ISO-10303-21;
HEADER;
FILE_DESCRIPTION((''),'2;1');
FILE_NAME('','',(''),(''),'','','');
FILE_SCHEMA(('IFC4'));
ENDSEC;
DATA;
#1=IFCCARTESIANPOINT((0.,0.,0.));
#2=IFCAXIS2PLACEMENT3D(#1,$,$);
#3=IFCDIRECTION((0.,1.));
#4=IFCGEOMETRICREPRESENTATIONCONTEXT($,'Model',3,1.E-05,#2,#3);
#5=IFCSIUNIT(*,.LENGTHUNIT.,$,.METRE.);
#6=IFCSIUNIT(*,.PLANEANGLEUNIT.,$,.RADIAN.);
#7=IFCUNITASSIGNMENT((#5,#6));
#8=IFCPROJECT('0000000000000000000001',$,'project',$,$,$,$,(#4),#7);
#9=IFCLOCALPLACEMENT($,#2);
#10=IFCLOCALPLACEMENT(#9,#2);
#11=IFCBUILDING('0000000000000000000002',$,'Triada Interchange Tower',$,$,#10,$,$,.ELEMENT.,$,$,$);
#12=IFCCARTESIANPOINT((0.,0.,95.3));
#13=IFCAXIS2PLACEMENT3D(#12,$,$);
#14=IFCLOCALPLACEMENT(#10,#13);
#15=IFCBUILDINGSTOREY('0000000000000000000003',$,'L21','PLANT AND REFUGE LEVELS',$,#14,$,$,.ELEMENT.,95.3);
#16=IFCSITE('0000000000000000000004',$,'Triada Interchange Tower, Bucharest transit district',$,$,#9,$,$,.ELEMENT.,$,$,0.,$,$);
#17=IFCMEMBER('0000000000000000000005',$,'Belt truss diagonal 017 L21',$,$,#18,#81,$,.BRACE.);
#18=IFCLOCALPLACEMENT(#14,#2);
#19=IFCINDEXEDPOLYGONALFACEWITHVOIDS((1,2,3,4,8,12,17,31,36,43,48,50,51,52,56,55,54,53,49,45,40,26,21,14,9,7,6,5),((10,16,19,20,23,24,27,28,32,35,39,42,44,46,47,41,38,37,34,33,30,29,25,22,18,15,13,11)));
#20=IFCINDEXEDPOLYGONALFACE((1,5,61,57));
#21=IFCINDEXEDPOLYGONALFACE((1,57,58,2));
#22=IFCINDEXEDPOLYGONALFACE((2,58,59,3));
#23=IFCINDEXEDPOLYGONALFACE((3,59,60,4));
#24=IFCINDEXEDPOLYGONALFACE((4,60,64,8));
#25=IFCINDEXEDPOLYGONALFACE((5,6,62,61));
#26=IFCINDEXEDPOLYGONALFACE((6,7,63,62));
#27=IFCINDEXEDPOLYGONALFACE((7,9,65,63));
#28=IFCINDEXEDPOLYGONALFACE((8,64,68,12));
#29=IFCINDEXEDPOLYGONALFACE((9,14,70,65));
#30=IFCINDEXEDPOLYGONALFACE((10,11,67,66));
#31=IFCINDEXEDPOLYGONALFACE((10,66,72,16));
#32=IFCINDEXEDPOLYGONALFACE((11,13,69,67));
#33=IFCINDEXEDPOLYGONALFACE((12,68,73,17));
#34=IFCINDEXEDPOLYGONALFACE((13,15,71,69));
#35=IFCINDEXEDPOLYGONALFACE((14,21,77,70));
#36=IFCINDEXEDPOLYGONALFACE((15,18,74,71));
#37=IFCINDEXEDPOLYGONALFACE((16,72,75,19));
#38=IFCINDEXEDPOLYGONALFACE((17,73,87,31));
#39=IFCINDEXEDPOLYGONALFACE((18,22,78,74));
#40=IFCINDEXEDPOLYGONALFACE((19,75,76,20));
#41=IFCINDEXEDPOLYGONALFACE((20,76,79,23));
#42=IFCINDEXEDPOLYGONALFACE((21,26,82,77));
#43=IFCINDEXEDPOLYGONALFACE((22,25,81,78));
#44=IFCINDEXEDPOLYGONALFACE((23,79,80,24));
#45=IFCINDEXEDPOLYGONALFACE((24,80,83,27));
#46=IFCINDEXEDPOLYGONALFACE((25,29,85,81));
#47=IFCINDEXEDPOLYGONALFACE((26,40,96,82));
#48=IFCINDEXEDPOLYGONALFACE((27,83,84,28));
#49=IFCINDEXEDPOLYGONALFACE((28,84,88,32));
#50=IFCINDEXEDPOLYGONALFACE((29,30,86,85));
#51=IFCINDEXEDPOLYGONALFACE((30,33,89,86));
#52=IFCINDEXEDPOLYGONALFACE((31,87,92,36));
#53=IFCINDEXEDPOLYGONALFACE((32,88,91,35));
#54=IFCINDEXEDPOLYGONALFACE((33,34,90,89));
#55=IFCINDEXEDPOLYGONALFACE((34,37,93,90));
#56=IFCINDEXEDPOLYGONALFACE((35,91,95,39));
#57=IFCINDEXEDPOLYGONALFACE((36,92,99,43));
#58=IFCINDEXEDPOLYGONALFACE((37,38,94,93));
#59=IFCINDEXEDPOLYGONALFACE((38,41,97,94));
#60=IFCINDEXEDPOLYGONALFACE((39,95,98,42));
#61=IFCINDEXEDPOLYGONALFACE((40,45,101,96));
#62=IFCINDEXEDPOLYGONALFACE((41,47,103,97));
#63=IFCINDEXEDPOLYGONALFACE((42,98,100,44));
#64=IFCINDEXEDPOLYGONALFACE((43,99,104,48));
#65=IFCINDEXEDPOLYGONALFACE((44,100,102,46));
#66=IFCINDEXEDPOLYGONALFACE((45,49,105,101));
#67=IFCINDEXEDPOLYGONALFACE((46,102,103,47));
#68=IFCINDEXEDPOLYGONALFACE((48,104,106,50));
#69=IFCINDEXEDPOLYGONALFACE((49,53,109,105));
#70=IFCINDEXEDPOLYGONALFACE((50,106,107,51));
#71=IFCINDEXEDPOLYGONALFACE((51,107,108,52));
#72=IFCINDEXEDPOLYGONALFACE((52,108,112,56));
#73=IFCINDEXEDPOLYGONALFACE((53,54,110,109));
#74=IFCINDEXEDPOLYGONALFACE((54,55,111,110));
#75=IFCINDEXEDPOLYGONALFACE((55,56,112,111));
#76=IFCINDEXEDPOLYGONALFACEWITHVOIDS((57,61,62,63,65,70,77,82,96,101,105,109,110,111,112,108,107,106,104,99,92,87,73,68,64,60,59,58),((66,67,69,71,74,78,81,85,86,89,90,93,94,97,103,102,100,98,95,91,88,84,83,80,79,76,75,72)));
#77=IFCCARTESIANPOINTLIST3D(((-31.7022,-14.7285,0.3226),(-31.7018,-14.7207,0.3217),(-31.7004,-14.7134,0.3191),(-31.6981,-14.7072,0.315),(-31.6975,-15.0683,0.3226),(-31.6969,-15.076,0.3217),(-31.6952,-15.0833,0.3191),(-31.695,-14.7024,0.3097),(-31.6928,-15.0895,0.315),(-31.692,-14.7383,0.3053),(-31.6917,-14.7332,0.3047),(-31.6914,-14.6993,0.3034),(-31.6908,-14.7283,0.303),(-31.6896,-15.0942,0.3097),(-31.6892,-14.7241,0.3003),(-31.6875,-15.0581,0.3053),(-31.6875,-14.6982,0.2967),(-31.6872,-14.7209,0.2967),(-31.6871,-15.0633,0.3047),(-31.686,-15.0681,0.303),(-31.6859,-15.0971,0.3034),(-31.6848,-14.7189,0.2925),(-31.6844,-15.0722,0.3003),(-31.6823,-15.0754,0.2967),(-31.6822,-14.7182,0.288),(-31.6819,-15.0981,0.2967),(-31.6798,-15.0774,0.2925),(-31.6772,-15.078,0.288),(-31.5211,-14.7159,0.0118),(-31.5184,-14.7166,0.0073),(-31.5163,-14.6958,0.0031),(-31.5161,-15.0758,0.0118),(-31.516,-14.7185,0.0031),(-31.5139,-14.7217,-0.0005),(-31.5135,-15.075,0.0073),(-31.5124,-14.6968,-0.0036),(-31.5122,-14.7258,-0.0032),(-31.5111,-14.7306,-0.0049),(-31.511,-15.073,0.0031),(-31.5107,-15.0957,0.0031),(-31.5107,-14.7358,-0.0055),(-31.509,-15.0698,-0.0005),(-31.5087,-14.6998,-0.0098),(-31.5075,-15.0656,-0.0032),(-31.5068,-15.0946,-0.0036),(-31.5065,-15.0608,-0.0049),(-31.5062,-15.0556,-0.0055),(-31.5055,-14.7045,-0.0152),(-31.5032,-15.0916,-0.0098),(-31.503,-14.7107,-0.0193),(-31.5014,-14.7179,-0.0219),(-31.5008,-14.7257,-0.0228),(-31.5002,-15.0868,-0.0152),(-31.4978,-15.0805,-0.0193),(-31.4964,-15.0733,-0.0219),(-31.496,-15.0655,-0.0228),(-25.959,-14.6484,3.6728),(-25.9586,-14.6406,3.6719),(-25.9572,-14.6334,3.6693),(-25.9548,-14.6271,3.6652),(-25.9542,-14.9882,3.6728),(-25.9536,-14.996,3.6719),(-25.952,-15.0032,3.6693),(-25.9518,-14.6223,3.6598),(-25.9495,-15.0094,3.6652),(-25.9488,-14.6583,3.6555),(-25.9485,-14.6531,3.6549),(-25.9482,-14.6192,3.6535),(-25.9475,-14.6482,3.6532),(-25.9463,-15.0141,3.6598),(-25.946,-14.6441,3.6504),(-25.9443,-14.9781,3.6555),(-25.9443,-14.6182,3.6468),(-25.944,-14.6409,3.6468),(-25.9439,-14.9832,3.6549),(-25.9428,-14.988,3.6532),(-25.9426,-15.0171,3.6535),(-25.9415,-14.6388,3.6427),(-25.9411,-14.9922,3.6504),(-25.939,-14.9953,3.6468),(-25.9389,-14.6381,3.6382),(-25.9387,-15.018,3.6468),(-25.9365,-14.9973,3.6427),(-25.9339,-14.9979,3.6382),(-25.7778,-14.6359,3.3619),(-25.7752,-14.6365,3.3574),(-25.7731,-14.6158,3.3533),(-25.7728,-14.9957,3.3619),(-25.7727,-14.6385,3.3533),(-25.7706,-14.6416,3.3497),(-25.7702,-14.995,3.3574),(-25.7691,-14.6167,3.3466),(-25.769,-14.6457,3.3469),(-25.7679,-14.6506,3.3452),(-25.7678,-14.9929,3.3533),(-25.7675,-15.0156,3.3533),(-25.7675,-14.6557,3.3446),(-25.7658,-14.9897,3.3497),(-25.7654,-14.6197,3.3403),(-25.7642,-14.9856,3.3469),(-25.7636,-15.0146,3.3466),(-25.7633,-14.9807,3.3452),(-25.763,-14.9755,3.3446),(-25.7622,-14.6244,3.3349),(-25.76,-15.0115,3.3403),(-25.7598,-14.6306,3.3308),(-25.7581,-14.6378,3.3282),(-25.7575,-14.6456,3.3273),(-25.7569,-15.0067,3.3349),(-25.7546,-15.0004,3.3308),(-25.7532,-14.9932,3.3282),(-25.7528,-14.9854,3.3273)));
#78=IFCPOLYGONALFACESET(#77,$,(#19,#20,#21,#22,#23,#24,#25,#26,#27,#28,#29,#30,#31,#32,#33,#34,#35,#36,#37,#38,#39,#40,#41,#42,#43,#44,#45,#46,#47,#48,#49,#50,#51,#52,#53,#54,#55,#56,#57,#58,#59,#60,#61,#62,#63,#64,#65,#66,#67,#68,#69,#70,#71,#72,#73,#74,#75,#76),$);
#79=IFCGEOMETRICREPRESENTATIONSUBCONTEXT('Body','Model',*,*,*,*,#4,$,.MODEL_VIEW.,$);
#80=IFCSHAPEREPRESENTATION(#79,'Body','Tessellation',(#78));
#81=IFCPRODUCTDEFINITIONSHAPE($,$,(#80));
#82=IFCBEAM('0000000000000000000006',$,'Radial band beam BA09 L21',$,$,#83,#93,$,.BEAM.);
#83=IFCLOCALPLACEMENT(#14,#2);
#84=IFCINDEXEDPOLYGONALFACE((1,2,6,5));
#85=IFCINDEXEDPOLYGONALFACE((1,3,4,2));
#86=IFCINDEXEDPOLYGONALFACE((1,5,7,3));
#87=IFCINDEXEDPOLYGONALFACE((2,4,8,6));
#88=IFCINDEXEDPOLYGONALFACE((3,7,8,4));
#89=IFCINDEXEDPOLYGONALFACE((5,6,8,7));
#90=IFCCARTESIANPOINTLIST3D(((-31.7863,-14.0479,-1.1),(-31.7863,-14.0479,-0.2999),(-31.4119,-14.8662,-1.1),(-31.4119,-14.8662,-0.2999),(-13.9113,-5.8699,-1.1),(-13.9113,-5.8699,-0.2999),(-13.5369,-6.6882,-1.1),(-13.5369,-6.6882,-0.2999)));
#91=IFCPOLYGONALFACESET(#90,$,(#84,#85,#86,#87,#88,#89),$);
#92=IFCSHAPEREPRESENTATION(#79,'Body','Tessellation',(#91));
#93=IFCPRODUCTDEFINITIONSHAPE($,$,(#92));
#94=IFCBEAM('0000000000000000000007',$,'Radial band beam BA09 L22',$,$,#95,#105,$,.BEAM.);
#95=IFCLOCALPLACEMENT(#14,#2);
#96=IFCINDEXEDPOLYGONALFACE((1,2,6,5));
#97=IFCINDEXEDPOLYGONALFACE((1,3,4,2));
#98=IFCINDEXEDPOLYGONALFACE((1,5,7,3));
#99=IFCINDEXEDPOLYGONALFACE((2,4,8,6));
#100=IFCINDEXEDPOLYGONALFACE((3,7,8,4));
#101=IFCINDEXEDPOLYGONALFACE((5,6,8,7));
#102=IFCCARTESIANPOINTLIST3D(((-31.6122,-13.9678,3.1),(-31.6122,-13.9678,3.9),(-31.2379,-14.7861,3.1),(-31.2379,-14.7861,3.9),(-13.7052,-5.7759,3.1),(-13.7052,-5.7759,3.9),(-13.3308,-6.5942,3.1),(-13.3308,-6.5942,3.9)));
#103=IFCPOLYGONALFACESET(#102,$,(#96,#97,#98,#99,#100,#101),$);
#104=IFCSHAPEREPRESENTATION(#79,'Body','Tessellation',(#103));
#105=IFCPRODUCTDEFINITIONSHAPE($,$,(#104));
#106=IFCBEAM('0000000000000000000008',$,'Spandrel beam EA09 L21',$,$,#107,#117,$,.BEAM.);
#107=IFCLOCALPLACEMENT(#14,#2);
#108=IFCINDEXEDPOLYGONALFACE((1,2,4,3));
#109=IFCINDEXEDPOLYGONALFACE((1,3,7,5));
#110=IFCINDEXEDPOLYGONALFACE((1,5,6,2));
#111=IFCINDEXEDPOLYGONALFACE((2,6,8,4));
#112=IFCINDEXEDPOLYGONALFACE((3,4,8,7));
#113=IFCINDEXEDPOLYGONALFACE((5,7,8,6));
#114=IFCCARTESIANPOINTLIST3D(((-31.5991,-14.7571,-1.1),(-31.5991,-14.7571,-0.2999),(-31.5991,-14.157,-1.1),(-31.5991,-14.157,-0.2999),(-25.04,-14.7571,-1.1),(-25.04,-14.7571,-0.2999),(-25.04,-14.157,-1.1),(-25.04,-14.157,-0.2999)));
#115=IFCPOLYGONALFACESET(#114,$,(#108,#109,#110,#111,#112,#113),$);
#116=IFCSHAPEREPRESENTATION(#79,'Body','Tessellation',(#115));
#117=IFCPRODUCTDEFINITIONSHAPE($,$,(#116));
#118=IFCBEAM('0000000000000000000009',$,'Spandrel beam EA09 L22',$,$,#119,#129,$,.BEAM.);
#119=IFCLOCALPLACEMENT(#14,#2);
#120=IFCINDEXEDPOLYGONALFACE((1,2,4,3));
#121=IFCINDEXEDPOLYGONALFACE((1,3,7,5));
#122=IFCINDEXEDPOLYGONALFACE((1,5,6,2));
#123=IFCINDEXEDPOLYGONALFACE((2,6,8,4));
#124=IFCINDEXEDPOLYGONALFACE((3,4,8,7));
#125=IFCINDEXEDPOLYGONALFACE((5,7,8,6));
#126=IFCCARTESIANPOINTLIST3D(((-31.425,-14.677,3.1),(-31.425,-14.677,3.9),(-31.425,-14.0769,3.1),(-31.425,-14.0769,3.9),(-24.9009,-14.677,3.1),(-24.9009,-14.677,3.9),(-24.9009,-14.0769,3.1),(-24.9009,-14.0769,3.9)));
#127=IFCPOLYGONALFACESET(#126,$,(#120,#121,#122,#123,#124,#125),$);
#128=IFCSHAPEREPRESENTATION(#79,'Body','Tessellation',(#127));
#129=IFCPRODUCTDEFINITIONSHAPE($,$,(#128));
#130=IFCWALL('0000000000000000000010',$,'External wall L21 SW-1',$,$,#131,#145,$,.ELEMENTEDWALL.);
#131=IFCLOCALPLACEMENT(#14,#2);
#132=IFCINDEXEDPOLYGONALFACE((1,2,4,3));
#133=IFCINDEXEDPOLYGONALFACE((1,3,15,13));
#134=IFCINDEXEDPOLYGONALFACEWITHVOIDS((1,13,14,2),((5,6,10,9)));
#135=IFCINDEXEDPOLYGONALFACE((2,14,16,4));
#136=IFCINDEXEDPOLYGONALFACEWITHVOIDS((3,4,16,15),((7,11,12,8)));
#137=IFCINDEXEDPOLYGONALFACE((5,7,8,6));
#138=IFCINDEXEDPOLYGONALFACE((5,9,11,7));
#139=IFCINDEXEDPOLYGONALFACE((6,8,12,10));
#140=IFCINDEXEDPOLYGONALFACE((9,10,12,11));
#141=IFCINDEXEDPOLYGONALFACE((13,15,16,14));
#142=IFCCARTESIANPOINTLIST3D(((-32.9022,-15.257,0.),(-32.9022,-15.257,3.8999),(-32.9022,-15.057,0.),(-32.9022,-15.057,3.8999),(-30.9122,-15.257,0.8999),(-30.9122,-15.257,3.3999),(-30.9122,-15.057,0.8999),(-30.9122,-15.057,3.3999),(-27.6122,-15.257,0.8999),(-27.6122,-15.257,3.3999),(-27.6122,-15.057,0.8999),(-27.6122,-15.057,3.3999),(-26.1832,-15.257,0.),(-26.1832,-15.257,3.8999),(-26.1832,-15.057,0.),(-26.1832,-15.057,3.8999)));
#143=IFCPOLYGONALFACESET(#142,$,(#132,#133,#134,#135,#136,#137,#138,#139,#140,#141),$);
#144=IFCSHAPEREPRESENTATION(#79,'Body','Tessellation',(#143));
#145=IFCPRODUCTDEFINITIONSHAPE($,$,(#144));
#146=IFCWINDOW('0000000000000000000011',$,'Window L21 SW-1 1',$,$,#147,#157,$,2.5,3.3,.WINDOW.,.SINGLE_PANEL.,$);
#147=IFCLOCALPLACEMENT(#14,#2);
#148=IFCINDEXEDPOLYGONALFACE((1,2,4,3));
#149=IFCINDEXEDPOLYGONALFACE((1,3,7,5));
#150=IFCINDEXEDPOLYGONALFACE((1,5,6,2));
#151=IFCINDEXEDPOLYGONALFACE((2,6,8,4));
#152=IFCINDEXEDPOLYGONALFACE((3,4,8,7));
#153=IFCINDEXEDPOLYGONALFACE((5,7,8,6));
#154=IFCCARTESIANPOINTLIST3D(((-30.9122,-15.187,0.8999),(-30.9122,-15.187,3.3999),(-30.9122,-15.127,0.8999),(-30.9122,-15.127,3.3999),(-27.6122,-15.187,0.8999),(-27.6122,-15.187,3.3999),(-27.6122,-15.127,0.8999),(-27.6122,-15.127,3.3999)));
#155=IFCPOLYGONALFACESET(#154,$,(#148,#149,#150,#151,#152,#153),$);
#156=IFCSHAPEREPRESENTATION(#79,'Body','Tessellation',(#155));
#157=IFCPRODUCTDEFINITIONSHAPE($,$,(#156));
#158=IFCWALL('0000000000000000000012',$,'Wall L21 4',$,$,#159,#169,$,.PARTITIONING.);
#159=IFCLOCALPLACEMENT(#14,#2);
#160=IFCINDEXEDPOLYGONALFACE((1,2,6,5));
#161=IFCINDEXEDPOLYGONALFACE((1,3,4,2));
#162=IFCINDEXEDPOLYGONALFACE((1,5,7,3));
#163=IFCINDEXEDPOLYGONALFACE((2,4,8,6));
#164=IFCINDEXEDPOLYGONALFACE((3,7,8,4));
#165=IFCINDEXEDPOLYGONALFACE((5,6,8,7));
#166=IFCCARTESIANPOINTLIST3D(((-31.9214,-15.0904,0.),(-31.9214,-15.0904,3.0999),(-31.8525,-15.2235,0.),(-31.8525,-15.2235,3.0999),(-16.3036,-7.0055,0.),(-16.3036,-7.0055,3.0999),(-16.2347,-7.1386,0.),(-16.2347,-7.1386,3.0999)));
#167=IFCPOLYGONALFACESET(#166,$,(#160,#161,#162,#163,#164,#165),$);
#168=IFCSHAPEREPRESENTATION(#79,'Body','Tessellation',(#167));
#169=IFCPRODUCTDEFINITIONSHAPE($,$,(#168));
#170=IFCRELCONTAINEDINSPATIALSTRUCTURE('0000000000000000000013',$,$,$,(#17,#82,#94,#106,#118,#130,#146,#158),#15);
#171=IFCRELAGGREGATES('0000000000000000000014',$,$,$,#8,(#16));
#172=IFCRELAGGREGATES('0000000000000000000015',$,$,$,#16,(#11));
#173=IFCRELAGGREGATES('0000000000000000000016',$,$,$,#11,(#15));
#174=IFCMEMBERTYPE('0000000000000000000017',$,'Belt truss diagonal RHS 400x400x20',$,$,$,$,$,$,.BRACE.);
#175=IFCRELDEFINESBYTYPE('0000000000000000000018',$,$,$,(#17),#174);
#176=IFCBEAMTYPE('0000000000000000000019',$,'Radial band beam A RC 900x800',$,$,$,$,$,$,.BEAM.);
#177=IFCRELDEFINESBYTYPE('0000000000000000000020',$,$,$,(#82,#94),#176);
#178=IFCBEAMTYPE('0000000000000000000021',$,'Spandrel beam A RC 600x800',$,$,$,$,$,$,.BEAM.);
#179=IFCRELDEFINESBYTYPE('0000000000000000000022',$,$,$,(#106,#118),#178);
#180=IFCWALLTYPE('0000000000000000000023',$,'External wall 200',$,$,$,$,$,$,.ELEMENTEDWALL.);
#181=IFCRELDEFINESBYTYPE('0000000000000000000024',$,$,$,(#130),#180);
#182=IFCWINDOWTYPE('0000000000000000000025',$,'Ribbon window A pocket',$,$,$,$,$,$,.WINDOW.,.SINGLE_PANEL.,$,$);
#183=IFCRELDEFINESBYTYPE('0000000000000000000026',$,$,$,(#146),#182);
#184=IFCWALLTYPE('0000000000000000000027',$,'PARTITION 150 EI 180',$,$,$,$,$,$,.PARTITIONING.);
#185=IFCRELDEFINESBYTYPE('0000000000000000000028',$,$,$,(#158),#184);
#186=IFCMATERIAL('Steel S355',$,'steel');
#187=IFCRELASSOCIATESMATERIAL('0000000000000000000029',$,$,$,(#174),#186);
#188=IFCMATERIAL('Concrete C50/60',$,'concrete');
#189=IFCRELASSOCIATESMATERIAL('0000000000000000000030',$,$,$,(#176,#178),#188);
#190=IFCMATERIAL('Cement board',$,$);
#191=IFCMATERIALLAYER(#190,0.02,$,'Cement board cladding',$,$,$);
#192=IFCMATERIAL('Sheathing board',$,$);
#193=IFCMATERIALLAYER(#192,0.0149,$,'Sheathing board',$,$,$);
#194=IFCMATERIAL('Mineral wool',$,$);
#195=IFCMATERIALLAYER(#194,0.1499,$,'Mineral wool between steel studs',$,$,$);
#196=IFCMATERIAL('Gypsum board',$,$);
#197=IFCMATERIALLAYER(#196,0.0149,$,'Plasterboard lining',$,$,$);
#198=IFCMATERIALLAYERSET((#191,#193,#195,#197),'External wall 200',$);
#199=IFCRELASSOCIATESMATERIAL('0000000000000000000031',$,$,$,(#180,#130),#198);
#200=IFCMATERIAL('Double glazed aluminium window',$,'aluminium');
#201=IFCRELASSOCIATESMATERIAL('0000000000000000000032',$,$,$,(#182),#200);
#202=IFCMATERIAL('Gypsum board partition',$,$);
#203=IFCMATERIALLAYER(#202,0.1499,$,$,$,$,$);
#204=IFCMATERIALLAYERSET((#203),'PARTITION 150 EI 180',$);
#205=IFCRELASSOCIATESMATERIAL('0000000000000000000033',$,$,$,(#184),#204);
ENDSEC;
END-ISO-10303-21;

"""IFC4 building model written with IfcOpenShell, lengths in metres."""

from ifc_helpers import new_model, si_unit, direction, frame, frame_2d, origin, origin_2d, place, context, subcontext, project, spatial, rectangle, hollow_rectangle, extrude, material, layer, layer_set, layer_usage, material_profile, profile_set, type_object, element, fill, save


model = new_model("IFC4")

# Units and contexts
model_context = context("Model", 3, precision=1e-05, world=origin(), true_north=direction((0.0, 1.0)))
body_context = subcontext(model_context, "Body", "Model", "MODEL_VIEW")
ifc_project = project(units=[si_unit("LENGTHUNIT", "METRE"), si_unit("PLANEANGLEUNIT", "RADIAN")], contexts=[model_context])

# Site, building, storey
site_placement = place(None, origin())
site = spatial("IfcSite", under=ifc_project, at=site_placement, Name="Triada Interchange Tower, Bucharest transit district", CompositionType="ELEMENT", RefElevation=0.0)
building_placement = place(site_placement, origin())
building = spatial("IfcBuilding", under=site, at=building_placement, Name="Triada Interchange Tower", CompositionType="ELEMENT")
storey_placement = place(building_placement, frame((0.0, 0.0, 95.3)))
storey = spatial("IfcBuildingStorey", under=building, at=storey_placement, Name="L21", Description="PLANT AND REFUGE LEVELS", CompositionType="ELEMENT", Elevation=95.3)

# Member
ifc_material_1 = material(Name="Steel S355", Category="steel")
ifc_material_profile_1 = material_profile(ifc_material_1, hollow_rectangle(XDim=0.3999, YDim=0.3999, WallThickness=0.02, InnerFilletRadius=0.02, OuterFilletRadius=0.03, at=origin_2d()), Name="RHS 400x400x20")
ifc_profile_set_1 = profile_set([ifc_material_profile_1], Name="Steel S355")
member_type = type_object("IfcMemberType", Name="Belt truss diagonal RHS 400x400x20", PredefinedType="BRACE", material=ifc_profile_set_1)
member_1_placement = place(storey_placement, frame((-31.5991, -14.897, 0.1499), z_axis=(0.863722, 0.012043, 0.503825), x_axis=(-0.013942, 0.999903, 0.0)))
element("IfcMember", 1, at=member_1_placement, inside=storey, type_object=member_type, Name="Belt truss diagonal 017 L21", PredefinedType="BRACE", context=body_context, shape_type="SweptSolid", body=[
    extrude(hollow_rectangle(XDim=0.3999, YDim=0.3999, WallThickness=0.02, InnerFilletRadius=0.02, OuterFilletRadius=0.03, at=origin_2d()), origin(), (0.0, 0.0, 1.0), 6.6494),
])

# Beams
ifc_material_2 = material(Name="Concrete C50/60", Category="concrete")
ifc_material_profile_2 = material_profile(ifc_material_2, rectangle(XDim=0.8999, YDim=0.8, at=origin_2d()), Name="RC 900x800")
ifc_profile_set_2 = profile_set([ifc_material_profile_2], Name="Concrete C50/60")
beam_type_1 = type_object("IfcBeamType", Name="Radial band beam A RC 900x800", PredefinedType="BEAM", material=ifc_profile_set_2)
beam_1_placement = place(storey_placement, frame((-31.5991, -14.457, -0.7), z_axis=(0.909348, 0.416035, 0.0), x_axis=(-0.416035, 0.909348, 0.0)))
element("IfcBeam", 2, at=beam_1_placement, inside=storey, type_object=beam_type_1, Name="Radial band beam BA09 L21", PredefinedType="BEAM", context=body_context, shape_type="SweptSolid", body=[
    extrude(rectangle(XDim=0.8999, YDim=0.8, at=origin_2d()), origin(), (0.0, 0.0, 1.0), 19.657),
])
beam_2_placement = place(storey_placement, frame((-31.425, -14.377, 3.5), z_axis=(0.909362, 0.416005, 0.0), x_axis=(-0.416005, 0.909362, 0.0)))
element("IfcBeam", 3, at=beam_2_placement, inside=storey, type_object=beam_type_1, Name="Radial band beam BA09 L22", PredefinedType="BEAM", context=body_context, shape_type="SweptSolid", body=[
    extrude(rectangle(XDim=0.8999, YDim=0.8, at=origin_2d()), origin(), (0.0, 0.0, 1.0), 19.6919),
])
ifc_material_profile_3 = material_profile(ifc_material_2, rectangle(XDim=0.6001, YDim=0.8, at=origin_2d()), Name="RC 600x800")
ifc_profile_set_3 = profile_set([ifc_material_profile_3], Name="Concrete C50/60")
beam_type_2 = type_object("IfcBeamType", Name="Spandrel beam A RC 600x800", PredefinedType="BEAM", material=ifc_profile_set_3)
beam_3_placement = place(storey_placement, frame((-31.5991, -14.457, -0.7), z_axis=(1.0, 0.0, 0.0), x_axis=(0.0, 1.0, 0.0)))
element("IfcBeam", 4, at=beam_3_placement, inside=storey, type_object=beam_type_2, Name="Spandrel beam EA09 L21", PredefinedType="BEAM", context=body_context, shape_type="SweptSolid", body=[
    extrude(rectangle(XDim=0.6001, YDim=0.8, at=origin_2d()), origin(), (0.0, 0.0, 1.0), 6.5591),
])
beam_4_placement = place(storey_placement, frame((-31.425, -14.377, 3.5), z_axis=(1.0, 0.0, 0.0), x_axis=(0.0, 1.0, 0.0)))
element("IfcBeam", 5, at=beam_4_placement, inside=storey, type_object=beam_type_2, Name="Spandrel beam EA09 L22", PredefinedType="BEAM", context=body_context, shape_type="SweptSolid", body=[
    extrude(rectangle(XDim=0.6001, YDim=0.8, at=origin_2d()), origin(), (0.0, 0.0, 1.0), 6.5242),
])

# Wall, opening, window
ifc_material_3 = material(Name="Cement board")
ifc_layer_1 = layer(ifc_material_3, 0.02, Name="Cement board cladding")
ifc_material_4 = material(Name="Sheathing board")
ifc_layer_2 = layer(ifc_material_4, 0.0149, Name="Sheathing board")
ifc_material_5 = material(Name="Mineral wool")
ifc_layer_3 = layer(ifc_material_5, 0.1499, Name="Mineral wool between steel studs")
ifc_material_6 = material(Name="Gypsum board")
ifc_layer_4 = layer(ifc_material_6, 0.0149, Name="Plasterboard lining")
ifc_layer_set_1 = layer_set([ifc_layer_1, ifc_layer_2, ifc_layer_3, ifc_layer_4], Name="External wall 200")
ifc_layer_usage = layer_usage(ifc_layer_set_1, "AXIS2", "POSITIVE", -0.1001)
wall_type_1 = type_object("IfcWallType", Name="External wall 200", PredefinedType="ELEMENTEDWALL", material=ifc_layer_set_1)
wall_1_placement = place(storey_placement, frame((-32.9021, -15.157, 0.0), z_axis=(0.0, 0.0, 1.0), x_axis=(1.0, 0.0, 0.0)))
wall_1 = element("IfcWall", 6, at=wall_1_placement, inside=storey, type_object=wall_type_1, material=ifc_layer_usage, Name="External wall L21 SW-1", PredefinedType="ELEMENTEDWALL", context=body_context, shape_type="SweptSolid", body=[
    extrude(rectangle(XDim=6.719, YDim=0.2, at=frame_2d((3.3594, 0.0))), origin(), (0.0, 0.0, 1.0), 3.8999),
])
opening_placement = place(wall_1_placement, frame((1.99, 0.0, 0.8999)))
opening = element("IfcOpeningElement", 7, at=opening_placement, cuts=wall_1, PredefinedType="OPENING", context=body_context, shape_type="SweptSolid", body=[
    extrude(rectangle(XDim=3.3, YDim=2.5, at=frame_2d((1.6499, 1.25))), frame((0.0, 0.1099, 0.0), z_axis=(0.0, -1.0, 0.0), x_axis=(1.0, 0.0, 0.0)), (0.0, 0.0, 1.0), 0.22),
])
ifc_material_7 = material(Name="Double glazed aluminium window", Category="aluminium")
window_type = type_object("IfcWindowType", Name="Ribbon window A pocket", PartitioningType="SINGLE_PANEL", PredefinedType="WINDOW", material=ifc_material_7)
window_placement = place(opening_placement, origin())
window = element("IfcWindow", 8, at=window_placement, inside=storey, type_object=window_type, Name="Window L21 SW-1 1", OverallHeight=2.5, OverallWidth=3.3, PartitioningType="SINGLE_PANEL", PredefinedType="WINDOW", context=body_context, shape_type="SweptSolid", body=[
    extrude(rectangle(XDim=3.3, YDim=2.5, at=frame_2d((1.6499, 1.25))), frame((0.0, 0.03, 0.0), z_axis=(0.0, -1.0, 0.0), x_axis=(1.0, 0.0, 0.0)), (0.0, 0.0, 1.0), 0.0601),
])
fill(opening, window)

# Wall
ifc_material_8 = material(Name="Gypsum board partition")
ifc_layer_5 = layer(ifc_material_8, 0.1499)
ifc_layer_set_2 = layer_set([ifc_layer_5], Name="PARTITION 150 EI 180")
wall_type_2 = type_object("IfcWallType", Name="PARTITION 150 EI 180", PredefinedType="PARTITIONING", material=ifc_layer_set_2)
wall_2_placement = place(storey_placement, frame((-31.887, -15.157, 0.0), z_axis=(0.0, 0.0, 1.0), x_axis=(0.888062, 0.459725, 0.0)))
element("IfcWall", 9, at=wall_2_placement, inside=storey, type_object=wall_type_2, Name="Wall L21 4", PredefinedType="PARTITIONING", context=body_context, shape_type="SweptSolid", body=[
    extrude(rectangle(XDim=17.5864, YDim=0.1499, at=frame_2d((8.7932, 0.0))), origin(), (0.0, 0.0, 1.0), 3.0999),
])

save(model, "model.ifc")
